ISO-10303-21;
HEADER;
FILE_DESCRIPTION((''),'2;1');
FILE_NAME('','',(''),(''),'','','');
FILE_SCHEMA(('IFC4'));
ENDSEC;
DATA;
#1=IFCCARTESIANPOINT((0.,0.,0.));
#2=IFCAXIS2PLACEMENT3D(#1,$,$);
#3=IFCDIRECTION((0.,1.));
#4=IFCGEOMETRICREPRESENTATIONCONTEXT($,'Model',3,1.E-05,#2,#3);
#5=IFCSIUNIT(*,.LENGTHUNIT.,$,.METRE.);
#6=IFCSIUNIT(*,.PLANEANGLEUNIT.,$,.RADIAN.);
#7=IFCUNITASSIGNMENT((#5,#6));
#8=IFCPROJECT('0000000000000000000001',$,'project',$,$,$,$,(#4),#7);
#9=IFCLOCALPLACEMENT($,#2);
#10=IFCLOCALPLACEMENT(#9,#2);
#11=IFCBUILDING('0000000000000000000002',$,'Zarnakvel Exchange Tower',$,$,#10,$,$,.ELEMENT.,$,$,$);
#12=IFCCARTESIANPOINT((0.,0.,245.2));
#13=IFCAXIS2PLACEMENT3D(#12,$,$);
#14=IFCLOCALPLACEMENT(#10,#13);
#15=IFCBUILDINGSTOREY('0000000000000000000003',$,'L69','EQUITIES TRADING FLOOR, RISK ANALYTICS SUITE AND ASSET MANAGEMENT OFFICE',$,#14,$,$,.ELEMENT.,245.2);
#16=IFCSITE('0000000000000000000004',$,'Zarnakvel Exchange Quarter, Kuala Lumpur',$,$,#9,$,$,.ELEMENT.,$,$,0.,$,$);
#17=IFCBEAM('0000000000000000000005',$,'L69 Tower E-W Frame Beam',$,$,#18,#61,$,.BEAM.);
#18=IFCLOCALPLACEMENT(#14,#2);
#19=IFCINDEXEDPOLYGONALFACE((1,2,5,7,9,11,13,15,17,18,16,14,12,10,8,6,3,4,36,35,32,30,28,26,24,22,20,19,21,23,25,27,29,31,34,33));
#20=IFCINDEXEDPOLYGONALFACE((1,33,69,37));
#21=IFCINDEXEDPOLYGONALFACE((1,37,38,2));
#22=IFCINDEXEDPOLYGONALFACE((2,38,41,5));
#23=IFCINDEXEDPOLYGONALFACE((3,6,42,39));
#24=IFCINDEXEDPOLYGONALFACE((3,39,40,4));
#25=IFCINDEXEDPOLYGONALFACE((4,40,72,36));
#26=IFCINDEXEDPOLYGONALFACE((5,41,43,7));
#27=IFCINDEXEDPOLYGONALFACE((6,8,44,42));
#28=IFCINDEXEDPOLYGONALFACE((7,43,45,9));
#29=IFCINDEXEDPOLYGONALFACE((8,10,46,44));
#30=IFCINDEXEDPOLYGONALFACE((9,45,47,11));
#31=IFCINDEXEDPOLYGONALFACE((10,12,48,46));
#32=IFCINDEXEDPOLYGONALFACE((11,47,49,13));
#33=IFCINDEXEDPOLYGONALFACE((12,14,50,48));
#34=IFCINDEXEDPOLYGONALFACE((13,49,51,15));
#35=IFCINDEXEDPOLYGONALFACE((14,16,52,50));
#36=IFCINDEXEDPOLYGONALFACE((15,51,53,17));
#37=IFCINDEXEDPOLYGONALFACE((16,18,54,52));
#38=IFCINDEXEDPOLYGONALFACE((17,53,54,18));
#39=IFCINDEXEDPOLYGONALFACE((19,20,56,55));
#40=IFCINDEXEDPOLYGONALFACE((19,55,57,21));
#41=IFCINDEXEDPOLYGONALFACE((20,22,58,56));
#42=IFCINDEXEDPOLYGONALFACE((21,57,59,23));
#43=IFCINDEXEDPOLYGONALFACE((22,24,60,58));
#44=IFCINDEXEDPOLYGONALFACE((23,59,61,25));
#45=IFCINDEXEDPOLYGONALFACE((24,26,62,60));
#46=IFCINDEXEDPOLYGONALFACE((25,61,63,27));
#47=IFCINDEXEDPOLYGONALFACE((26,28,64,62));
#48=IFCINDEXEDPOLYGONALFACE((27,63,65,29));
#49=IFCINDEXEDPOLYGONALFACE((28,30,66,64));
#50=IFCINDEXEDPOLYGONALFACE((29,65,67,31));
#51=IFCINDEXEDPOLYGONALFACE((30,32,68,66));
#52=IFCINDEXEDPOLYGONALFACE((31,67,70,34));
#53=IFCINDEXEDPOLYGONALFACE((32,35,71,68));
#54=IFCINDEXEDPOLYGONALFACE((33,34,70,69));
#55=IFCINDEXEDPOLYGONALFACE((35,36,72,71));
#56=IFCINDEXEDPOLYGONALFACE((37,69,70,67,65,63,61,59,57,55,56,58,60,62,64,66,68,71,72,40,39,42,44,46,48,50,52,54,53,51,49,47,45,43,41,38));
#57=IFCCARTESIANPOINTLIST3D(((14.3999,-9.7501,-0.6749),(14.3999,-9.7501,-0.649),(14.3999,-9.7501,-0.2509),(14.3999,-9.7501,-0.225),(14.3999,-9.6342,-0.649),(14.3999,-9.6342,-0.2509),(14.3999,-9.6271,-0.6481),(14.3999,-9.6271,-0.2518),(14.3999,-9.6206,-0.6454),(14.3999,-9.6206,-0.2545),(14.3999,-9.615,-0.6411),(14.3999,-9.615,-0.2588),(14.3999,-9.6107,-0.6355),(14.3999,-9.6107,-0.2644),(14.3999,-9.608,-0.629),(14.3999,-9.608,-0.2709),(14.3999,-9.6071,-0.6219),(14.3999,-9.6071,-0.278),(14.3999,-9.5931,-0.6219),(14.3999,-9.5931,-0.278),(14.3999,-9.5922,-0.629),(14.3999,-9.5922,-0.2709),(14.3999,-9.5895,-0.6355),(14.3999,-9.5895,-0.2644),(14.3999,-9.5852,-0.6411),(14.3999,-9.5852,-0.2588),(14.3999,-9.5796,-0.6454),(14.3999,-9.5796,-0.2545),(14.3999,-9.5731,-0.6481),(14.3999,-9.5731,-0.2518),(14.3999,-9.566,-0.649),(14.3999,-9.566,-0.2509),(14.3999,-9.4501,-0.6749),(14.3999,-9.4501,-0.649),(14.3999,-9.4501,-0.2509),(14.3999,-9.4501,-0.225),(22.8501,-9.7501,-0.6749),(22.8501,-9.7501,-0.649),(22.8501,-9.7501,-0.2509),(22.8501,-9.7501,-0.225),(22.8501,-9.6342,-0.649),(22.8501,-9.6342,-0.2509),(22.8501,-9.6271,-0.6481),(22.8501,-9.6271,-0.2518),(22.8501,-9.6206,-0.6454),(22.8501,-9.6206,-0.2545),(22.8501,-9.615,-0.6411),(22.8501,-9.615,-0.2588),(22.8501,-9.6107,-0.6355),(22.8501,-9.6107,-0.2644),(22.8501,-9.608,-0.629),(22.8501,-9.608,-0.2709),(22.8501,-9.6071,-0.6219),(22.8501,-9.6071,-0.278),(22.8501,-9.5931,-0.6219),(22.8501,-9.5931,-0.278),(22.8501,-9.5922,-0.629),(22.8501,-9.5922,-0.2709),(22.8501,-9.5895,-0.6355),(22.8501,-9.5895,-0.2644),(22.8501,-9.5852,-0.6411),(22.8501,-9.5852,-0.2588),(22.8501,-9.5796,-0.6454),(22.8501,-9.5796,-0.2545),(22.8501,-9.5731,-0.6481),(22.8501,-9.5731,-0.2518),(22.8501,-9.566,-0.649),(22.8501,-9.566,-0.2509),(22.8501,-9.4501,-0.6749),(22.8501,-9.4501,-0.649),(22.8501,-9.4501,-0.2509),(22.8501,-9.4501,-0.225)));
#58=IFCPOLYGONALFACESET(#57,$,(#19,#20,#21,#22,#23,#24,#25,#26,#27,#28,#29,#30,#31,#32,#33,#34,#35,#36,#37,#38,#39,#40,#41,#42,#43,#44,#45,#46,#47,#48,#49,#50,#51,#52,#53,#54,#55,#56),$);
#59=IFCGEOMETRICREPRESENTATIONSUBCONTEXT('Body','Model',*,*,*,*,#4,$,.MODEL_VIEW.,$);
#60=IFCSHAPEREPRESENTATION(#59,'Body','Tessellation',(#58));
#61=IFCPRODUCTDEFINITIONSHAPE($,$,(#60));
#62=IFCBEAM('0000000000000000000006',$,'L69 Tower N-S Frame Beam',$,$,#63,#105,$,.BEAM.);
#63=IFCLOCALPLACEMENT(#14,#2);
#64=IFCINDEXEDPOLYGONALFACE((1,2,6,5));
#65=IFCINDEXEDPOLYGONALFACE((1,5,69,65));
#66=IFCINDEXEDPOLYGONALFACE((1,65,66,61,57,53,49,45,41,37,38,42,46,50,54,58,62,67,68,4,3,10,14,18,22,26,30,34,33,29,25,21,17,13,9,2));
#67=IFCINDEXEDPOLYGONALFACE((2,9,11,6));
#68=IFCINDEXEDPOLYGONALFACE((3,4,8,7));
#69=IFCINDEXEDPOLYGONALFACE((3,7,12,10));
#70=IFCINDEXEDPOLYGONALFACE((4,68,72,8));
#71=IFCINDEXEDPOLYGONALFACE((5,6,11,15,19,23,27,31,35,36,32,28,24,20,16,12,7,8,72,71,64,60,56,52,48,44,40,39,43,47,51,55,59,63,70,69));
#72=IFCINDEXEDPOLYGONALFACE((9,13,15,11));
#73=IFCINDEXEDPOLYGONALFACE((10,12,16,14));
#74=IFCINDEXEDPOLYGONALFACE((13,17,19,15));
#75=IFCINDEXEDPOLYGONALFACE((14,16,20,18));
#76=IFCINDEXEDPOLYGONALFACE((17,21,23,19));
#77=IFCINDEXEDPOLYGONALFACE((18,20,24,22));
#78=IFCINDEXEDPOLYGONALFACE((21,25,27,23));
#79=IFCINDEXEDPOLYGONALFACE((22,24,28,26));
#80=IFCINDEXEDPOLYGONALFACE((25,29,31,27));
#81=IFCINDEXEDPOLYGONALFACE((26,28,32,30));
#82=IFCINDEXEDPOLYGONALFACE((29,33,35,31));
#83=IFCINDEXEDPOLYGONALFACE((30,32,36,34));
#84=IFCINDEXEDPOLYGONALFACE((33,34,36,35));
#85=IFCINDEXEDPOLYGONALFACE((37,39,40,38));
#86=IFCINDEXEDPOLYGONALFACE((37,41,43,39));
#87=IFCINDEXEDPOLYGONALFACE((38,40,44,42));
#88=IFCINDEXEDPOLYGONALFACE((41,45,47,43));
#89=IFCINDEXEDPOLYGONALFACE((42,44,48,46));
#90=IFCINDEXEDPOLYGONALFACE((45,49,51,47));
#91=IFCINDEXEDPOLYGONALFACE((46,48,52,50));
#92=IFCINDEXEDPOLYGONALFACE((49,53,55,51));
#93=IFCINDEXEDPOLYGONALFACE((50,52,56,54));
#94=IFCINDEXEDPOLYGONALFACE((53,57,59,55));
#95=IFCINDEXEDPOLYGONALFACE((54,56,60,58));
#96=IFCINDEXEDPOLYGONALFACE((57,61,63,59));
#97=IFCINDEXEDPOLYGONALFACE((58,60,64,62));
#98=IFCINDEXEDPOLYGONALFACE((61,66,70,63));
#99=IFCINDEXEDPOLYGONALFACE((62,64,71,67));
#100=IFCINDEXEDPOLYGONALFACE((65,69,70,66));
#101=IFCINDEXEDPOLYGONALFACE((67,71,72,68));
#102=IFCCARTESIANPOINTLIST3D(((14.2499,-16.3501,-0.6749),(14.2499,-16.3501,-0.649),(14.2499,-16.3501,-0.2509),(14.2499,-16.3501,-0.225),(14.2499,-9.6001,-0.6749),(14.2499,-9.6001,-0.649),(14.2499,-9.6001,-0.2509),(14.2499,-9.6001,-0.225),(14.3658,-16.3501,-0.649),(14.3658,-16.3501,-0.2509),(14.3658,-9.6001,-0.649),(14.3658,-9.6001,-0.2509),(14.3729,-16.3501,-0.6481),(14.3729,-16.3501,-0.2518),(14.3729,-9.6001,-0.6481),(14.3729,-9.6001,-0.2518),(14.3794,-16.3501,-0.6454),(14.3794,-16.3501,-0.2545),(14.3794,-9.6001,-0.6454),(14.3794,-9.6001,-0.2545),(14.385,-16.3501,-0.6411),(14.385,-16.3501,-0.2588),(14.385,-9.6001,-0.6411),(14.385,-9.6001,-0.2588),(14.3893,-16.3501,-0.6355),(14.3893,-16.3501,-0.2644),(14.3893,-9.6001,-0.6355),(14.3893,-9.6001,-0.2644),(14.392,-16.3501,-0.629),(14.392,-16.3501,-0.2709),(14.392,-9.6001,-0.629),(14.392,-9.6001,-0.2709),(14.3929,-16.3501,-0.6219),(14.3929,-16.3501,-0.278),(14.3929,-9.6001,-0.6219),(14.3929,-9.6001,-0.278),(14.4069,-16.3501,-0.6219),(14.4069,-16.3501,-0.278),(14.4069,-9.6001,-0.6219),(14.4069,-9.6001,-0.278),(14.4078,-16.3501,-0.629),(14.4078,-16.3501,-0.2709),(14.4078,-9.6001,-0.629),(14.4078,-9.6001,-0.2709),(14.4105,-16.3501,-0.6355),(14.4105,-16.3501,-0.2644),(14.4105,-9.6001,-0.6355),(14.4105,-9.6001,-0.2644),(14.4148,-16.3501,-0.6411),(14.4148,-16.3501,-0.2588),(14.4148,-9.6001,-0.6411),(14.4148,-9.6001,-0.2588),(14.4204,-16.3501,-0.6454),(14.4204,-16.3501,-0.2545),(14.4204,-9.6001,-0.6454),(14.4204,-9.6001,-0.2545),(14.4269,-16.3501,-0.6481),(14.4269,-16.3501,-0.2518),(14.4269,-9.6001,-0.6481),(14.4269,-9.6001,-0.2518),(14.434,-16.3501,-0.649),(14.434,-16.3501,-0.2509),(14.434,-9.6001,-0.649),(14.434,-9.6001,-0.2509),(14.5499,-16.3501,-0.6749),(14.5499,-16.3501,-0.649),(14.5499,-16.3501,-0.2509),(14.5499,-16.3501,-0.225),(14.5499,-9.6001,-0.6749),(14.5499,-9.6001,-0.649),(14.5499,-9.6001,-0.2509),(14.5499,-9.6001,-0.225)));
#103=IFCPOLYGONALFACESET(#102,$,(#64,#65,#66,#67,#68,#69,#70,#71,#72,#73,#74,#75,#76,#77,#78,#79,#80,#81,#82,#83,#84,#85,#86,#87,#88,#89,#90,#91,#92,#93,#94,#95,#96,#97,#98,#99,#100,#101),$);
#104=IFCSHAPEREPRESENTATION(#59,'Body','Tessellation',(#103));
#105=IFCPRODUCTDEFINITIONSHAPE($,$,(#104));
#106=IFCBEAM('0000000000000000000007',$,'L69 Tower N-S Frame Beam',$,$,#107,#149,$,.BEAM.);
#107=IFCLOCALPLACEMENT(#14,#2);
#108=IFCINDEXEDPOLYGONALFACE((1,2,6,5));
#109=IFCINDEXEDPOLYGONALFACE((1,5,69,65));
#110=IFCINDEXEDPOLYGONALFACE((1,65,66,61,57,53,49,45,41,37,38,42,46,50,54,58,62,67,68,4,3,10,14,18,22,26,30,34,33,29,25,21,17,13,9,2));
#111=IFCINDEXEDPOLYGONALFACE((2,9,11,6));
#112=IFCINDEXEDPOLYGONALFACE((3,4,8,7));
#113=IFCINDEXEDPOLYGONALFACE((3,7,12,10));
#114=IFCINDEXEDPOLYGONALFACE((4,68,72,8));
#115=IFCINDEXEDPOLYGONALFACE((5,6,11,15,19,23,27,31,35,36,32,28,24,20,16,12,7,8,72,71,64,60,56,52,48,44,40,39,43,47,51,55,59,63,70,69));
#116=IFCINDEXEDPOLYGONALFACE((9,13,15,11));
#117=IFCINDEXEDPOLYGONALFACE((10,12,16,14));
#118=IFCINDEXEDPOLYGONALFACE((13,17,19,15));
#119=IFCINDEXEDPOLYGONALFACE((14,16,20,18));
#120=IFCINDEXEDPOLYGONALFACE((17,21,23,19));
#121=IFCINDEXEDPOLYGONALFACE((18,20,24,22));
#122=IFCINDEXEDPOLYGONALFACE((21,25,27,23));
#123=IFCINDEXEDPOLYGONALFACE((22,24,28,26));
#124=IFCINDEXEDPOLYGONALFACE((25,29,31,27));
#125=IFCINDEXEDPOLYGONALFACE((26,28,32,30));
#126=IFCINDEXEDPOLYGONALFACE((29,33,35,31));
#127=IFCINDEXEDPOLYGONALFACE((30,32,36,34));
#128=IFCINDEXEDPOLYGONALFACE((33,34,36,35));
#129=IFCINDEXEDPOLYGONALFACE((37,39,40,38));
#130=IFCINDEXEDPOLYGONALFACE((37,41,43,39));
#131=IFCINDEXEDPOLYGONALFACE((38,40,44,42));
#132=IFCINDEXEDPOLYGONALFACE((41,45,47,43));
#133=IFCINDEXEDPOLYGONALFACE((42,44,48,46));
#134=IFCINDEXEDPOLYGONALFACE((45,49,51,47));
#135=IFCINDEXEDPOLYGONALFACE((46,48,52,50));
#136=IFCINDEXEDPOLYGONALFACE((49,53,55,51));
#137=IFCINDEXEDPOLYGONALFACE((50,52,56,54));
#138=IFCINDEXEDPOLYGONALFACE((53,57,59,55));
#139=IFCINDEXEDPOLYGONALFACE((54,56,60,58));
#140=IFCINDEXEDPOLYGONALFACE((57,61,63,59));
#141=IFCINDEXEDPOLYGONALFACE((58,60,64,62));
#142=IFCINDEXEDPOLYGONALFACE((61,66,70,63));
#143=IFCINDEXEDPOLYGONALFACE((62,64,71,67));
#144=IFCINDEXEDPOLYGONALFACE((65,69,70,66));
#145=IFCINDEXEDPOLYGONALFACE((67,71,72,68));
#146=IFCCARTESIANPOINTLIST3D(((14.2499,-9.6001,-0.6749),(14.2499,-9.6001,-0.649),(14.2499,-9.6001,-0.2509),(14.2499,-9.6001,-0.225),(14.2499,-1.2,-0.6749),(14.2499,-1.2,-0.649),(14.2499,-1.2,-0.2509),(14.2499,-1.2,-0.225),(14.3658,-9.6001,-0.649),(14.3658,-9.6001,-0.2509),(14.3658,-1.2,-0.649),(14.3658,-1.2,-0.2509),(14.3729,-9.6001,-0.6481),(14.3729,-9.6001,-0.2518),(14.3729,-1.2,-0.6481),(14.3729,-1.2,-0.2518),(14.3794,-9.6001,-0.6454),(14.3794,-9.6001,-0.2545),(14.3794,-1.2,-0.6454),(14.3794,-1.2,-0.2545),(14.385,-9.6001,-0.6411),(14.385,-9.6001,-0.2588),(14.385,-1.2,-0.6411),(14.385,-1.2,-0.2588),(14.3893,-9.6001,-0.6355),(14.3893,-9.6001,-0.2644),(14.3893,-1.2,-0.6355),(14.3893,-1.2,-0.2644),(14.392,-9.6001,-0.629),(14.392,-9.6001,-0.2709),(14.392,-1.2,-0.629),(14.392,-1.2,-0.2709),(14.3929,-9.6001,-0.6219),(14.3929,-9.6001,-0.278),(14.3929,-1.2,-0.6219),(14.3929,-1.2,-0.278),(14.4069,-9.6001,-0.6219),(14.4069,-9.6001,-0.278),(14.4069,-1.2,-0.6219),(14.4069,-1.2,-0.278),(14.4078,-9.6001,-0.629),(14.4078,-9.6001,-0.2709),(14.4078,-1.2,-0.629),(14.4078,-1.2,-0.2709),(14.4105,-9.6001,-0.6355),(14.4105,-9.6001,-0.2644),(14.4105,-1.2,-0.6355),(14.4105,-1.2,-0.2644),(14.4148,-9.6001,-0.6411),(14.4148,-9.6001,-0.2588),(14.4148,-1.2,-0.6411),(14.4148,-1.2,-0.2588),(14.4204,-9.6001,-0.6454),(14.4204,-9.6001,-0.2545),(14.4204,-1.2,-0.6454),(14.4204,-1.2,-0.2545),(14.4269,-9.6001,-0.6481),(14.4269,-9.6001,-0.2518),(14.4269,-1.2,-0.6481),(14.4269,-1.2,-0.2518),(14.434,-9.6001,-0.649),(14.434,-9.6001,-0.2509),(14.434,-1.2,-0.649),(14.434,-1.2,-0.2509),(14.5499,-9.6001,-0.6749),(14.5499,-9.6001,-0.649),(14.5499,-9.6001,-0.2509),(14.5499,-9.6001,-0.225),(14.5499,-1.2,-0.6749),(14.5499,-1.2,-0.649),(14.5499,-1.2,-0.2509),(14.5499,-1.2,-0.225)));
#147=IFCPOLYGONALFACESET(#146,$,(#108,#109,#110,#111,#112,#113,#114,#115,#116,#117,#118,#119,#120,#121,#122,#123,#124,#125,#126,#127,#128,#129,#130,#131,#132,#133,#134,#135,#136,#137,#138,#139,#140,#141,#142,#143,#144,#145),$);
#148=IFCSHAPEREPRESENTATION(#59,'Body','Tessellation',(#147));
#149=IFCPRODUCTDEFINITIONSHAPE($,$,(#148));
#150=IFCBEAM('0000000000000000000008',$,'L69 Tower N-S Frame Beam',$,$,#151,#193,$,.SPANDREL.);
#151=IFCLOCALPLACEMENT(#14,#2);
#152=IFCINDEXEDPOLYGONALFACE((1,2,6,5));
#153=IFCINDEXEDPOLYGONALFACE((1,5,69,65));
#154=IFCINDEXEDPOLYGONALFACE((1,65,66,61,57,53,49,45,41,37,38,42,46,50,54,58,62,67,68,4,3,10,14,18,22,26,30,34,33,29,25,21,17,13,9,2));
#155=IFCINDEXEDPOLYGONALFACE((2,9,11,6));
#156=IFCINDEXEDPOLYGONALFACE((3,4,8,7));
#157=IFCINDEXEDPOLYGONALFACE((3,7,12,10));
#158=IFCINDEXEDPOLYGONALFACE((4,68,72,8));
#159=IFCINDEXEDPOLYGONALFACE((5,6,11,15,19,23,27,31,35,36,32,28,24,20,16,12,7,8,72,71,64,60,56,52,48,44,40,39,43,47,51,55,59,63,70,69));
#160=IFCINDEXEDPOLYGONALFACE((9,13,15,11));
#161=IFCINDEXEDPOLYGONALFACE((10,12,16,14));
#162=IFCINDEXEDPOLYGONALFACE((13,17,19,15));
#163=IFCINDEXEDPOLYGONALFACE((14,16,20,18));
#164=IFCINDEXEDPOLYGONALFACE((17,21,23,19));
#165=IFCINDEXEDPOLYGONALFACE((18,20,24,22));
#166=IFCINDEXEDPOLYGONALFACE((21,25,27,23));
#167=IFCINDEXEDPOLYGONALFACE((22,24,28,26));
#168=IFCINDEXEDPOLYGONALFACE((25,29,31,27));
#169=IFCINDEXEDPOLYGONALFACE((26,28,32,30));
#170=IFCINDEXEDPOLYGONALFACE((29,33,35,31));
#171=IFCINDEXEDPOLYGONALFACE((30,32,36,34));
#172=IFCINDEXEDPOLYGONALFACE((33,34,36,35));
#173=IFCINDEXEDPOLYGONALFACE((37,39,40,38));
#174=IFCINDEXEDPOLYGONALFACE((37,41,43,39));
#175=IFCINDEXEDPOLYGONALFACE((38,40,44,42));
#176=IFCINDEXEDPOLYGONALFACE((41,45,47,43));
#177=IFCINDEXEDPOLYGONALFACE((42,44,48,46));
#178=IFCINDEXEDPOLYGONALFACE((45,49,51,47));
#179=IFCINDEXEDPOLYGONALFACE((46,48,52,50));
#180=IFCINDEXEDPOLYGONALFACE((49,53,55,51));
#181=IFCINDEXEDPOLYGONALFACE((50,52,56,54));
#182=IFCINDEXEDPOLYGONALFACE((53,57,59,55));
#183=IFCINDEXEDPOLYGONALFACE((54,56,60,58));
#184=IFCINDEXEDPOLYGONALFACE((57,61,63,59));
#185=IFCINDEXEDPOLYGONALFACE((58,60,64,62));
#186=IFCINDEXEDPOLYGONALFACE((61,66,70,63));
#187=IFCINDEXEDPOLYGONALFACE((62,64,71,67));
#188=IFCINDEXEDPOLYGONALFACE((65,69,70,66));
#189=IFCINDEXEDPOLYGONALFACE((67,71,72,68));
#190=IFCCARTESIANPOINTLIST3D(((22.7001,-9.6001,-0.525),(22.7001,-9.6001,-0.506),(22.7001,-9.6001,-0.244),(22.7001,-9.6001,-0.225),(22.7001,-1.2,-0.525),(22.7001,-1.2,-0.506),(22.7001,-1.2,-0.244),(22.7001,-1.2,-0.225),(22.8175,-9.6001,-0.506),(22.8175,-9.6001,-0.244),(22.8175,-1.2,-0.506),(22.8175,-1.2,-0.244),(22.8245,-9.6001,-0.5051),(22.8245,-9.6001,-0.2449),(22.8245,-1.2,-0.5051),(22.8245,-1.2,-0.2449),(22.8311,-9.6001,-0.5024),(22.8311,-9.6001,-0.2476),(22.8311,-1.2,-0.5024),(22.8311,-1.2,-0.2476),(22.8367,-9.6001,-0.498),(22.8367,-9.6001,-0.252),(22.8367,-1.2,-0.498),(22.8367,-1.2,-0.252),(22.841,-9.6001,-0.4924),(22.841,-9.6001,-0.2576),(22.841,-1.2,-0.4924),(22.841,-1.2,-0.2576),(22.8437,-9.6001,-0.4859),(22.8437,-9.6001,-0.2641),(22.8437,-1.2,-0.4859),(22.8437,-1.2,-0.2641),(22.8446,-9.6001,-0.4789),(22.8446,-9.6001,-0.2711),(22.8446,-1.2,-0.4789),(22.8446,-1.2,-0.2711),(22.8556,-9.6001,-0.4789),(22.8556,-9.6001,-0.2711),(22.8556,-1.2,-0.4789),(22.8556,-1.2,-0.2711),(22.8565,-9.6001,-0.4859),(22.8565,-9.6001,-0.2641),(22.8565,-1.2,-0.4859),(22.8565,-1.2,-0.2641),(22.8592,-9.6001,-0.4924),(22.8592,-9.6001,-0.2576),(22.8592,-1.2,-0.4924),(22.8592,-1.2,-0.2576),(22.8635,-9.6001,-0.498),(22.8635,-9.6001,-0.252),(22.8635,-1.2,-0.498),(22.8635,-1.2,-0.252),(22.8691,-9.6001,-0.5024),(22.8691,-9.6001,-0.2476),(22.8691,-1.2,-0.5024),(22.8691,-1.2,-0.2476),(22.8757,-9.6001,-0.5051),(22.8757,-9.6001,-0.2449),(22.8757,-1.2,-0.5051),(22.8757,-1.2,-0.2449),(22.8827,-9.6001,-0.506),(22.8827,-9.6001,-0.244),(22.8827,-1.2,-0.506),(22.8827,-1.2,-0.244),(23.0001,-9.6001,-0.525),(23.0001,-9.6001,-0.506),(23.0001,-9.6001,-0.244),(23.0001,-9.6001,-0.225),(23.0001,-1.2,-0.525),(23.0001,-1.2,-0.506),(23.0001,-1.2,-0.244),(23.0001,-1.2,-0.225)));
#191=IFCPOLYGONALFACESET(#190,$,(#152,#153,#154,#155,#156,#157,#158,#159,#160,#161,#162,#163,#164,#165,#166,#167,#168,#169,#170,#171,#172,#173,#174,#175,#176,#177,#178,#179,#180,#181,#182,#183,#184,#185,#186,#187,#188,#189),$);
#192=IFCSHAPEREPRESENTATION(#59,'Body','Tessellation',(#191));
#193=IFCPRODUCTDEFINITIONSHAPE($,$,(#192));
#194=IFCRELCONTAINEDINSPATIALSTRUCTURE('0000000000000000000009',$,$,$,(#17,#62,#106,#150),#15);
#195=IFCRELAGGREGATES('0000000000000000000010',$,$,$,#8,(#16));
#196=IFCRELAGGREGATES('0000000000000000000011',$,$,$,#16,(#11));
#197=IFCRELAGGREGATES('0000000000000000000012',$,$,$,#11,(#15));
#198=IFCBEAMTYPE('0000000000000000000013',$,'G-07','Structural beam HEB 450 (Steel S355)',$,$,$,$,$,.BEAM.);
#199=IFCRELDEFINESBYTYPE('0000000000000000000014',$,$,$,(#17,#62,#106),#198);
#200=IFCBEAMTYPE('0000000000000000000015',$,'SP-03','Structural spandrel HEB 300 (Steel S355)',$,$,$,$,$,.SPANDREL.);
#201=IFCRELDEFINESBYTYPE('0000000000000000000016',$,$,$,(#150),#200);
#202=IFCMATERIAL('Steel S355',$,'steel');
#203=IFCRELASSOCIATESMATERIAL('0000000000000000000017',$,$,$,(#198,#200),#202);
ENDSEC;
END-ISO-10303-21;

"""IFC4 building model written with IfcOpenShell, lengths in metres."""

from ifc_helpers import new_model, si_unit, direction, frame, origin, origin_2d, place, context, subcontext, project, spatial, i_section, extrude, material, material_profile, profile_set, type_object, element, save


model = new_model("IFC4")

# Units and contexts
model_context = context("Model", 3, precision=1e-05, world=origin(), true_north=direction((0.0, 1.0)))
body_context = subcontext(model_context, "Body", "Model", "MODEL_VIEW")
ifc_project = project(units=[si_unit("LENGTHUNIT", "METRE"), si_unit("PLANEANGLEUNIT", "RADIAN")], contexts=[model_context])

# Site, building, storey
site_placement = place(None, origin())
site = spatial("IfcSite", under=ifc_project, at=site_placement, Name="Zarnakvel Exchange Quarter, Kuala Lumpur", CompositionType="ELEMENT", RefElevation=0.0)
building_placement = place(site_placement, origin())
building = spatial("IfcBuilding", under=site, at=building_placement, Name="Zarnakvel Exchange Tower", CompositionType="ELEMENT")
storey_placement = place(building_placement, frame((0.0, 0.0, 245.2)))
storey = spatial("IfcBuildingStorey", under=building, at=storey_placement, Name="L69", Description="EQUITIES TRADING FLOOR, RISK ANALYTICS SUITE AND ASSET MANAGEMENT OFFICE", CompositionType="ELEMENT", Elevation=245.2)

# Shared definitions
ifc_material_1 = material(Name="Steel S355", Category="steel")

# Beams
ifc_material_profile_1 = material_profile(ifc_material_1, i_section(OverallWidth=0.3, OverallDepth=0.45, WebThickness=0.0139, FlangeThickness=0.0259, FilletRadius=0.0271, at=origin_2d()))
ifc_profile_set_1 = profile_set([ifc_material_profile_1], Name="Steel S355")
beam_type_1 = type_object("IfcBeamType", Name="G-07", Description="Structural beam HEB 450 (Steel S355)", PredefinedType="BEAM", material=ifc_profile_set_1)
beam_1_placement = place(storey_placement, frame((14.3999, -9.6001, -0.45), z_axis=(1.0, 0.0, 0.0), x_axis=(0.0, 1.0, 0.0)))
element("IfcBeam", 1, at=beam_1_placement, inside=storey, type_object=beam_type_1, Name="L69 Tower E-W Frame Beam", PredefinedType="BEAM", context=body_context, shape_type="SweptSolid", body=[
    extrude(i_section(OverallWidth=0.3, OverallDepth=0.45, WebThickness=0.0139, FlangeThickness=0.0259, FilletRadius=0.0271, at=origin_2d()), origin(), (0.0, 0.0, 1.0), 8.4502),
])
beam_2_placement = place(storey_placement, frame((14.3999, -16.3501, -0.45), z_axis=(0.0, 1.0, 0.0), x_axis=(-1.0, 0.0, 0.0)))
element("IfcBeam", 2, at=beam_2_placement, inside=storey, type_object=beam_type_1, Name="L69 Tower N-S Frame Beam", PredefinedType="BEAM", context=body_context, shape_type="SweptSolid", body=[
    extrude(i_section(OverallWidth=0.3, OverallDepth=0.45, WebThickness=0.0139, FlangeThickness=0.0259, FilletRadius=0.0271, at=origin_2d()), origin(), (0.0, 0.0, 1.0), 6.75),
])
beam_3_placement = place(storey_placement, frame((14.3999, -9.6001, -0.45), z_axis=(0.0, 1.0, 0.0), x_axis=(-1.0, 0.0, 0.0)))
element("IfcBeam", 3, at=beam_3_placement, inside=storey, type_object=beam_type_1, Name="L69 Tower N-S Frame Beam", PredefinedType="BEAM", context=body_context, shape_type="SweptSolid", body=[
    extrude(i_section(OverallWidth=0.3, OverallDepth=0.45, WebThickness=0.0139, FlangeThickness=0.0259, FilletRadius=0.0271, at=origin_2d()), origin(), (0.0, 0.0, 1.0), 8.4001),
])
ifc_material_profile_2 = material_profile(ifc_material_1, i_section(OverallWidth=0.3, OverallDepth=0.3, WebThickness=0.011, FlangeThickness=0.019, FilletRadius=0.0271, at=origin_2d()))
ifc_profile_set_2 = profile_set([ifc_material_profile_2], Name="Steel S355")
beam_type_2 = type_object("IfcBeamType", Name="SP-03", Description="Structural spandrel HEB 300 (Steel S355)", PredefinedType="SPANDREL", material=ifc_profile_set_2)
beam_4_placement = place(storey_placement, frame((22.8501, -9.6001, -0.375), z_axis=(0.0, 1.0, 0.0), x_axis=(-1.0, 0.0, 0.0)))
element("IfcBeam", 4, at=beam_4_placement, inside=storey, type_object=beam_type_2, Name="L69 Tower N-S Frame Beam", PredefinedType="SPANDREL", context=body_context, shape_type="SweptSolid", body=[
    extrude(i_section(OverallWidth=0.3, OverallDepth=0.3, WebThickness=0.011, FlangeThickness=0.019, FilletRadius=0.0271, at=origin_2d()), origin(), (0.0, 0.0, 1.0), 8.4001),
])

save(model, "model.ifc")
